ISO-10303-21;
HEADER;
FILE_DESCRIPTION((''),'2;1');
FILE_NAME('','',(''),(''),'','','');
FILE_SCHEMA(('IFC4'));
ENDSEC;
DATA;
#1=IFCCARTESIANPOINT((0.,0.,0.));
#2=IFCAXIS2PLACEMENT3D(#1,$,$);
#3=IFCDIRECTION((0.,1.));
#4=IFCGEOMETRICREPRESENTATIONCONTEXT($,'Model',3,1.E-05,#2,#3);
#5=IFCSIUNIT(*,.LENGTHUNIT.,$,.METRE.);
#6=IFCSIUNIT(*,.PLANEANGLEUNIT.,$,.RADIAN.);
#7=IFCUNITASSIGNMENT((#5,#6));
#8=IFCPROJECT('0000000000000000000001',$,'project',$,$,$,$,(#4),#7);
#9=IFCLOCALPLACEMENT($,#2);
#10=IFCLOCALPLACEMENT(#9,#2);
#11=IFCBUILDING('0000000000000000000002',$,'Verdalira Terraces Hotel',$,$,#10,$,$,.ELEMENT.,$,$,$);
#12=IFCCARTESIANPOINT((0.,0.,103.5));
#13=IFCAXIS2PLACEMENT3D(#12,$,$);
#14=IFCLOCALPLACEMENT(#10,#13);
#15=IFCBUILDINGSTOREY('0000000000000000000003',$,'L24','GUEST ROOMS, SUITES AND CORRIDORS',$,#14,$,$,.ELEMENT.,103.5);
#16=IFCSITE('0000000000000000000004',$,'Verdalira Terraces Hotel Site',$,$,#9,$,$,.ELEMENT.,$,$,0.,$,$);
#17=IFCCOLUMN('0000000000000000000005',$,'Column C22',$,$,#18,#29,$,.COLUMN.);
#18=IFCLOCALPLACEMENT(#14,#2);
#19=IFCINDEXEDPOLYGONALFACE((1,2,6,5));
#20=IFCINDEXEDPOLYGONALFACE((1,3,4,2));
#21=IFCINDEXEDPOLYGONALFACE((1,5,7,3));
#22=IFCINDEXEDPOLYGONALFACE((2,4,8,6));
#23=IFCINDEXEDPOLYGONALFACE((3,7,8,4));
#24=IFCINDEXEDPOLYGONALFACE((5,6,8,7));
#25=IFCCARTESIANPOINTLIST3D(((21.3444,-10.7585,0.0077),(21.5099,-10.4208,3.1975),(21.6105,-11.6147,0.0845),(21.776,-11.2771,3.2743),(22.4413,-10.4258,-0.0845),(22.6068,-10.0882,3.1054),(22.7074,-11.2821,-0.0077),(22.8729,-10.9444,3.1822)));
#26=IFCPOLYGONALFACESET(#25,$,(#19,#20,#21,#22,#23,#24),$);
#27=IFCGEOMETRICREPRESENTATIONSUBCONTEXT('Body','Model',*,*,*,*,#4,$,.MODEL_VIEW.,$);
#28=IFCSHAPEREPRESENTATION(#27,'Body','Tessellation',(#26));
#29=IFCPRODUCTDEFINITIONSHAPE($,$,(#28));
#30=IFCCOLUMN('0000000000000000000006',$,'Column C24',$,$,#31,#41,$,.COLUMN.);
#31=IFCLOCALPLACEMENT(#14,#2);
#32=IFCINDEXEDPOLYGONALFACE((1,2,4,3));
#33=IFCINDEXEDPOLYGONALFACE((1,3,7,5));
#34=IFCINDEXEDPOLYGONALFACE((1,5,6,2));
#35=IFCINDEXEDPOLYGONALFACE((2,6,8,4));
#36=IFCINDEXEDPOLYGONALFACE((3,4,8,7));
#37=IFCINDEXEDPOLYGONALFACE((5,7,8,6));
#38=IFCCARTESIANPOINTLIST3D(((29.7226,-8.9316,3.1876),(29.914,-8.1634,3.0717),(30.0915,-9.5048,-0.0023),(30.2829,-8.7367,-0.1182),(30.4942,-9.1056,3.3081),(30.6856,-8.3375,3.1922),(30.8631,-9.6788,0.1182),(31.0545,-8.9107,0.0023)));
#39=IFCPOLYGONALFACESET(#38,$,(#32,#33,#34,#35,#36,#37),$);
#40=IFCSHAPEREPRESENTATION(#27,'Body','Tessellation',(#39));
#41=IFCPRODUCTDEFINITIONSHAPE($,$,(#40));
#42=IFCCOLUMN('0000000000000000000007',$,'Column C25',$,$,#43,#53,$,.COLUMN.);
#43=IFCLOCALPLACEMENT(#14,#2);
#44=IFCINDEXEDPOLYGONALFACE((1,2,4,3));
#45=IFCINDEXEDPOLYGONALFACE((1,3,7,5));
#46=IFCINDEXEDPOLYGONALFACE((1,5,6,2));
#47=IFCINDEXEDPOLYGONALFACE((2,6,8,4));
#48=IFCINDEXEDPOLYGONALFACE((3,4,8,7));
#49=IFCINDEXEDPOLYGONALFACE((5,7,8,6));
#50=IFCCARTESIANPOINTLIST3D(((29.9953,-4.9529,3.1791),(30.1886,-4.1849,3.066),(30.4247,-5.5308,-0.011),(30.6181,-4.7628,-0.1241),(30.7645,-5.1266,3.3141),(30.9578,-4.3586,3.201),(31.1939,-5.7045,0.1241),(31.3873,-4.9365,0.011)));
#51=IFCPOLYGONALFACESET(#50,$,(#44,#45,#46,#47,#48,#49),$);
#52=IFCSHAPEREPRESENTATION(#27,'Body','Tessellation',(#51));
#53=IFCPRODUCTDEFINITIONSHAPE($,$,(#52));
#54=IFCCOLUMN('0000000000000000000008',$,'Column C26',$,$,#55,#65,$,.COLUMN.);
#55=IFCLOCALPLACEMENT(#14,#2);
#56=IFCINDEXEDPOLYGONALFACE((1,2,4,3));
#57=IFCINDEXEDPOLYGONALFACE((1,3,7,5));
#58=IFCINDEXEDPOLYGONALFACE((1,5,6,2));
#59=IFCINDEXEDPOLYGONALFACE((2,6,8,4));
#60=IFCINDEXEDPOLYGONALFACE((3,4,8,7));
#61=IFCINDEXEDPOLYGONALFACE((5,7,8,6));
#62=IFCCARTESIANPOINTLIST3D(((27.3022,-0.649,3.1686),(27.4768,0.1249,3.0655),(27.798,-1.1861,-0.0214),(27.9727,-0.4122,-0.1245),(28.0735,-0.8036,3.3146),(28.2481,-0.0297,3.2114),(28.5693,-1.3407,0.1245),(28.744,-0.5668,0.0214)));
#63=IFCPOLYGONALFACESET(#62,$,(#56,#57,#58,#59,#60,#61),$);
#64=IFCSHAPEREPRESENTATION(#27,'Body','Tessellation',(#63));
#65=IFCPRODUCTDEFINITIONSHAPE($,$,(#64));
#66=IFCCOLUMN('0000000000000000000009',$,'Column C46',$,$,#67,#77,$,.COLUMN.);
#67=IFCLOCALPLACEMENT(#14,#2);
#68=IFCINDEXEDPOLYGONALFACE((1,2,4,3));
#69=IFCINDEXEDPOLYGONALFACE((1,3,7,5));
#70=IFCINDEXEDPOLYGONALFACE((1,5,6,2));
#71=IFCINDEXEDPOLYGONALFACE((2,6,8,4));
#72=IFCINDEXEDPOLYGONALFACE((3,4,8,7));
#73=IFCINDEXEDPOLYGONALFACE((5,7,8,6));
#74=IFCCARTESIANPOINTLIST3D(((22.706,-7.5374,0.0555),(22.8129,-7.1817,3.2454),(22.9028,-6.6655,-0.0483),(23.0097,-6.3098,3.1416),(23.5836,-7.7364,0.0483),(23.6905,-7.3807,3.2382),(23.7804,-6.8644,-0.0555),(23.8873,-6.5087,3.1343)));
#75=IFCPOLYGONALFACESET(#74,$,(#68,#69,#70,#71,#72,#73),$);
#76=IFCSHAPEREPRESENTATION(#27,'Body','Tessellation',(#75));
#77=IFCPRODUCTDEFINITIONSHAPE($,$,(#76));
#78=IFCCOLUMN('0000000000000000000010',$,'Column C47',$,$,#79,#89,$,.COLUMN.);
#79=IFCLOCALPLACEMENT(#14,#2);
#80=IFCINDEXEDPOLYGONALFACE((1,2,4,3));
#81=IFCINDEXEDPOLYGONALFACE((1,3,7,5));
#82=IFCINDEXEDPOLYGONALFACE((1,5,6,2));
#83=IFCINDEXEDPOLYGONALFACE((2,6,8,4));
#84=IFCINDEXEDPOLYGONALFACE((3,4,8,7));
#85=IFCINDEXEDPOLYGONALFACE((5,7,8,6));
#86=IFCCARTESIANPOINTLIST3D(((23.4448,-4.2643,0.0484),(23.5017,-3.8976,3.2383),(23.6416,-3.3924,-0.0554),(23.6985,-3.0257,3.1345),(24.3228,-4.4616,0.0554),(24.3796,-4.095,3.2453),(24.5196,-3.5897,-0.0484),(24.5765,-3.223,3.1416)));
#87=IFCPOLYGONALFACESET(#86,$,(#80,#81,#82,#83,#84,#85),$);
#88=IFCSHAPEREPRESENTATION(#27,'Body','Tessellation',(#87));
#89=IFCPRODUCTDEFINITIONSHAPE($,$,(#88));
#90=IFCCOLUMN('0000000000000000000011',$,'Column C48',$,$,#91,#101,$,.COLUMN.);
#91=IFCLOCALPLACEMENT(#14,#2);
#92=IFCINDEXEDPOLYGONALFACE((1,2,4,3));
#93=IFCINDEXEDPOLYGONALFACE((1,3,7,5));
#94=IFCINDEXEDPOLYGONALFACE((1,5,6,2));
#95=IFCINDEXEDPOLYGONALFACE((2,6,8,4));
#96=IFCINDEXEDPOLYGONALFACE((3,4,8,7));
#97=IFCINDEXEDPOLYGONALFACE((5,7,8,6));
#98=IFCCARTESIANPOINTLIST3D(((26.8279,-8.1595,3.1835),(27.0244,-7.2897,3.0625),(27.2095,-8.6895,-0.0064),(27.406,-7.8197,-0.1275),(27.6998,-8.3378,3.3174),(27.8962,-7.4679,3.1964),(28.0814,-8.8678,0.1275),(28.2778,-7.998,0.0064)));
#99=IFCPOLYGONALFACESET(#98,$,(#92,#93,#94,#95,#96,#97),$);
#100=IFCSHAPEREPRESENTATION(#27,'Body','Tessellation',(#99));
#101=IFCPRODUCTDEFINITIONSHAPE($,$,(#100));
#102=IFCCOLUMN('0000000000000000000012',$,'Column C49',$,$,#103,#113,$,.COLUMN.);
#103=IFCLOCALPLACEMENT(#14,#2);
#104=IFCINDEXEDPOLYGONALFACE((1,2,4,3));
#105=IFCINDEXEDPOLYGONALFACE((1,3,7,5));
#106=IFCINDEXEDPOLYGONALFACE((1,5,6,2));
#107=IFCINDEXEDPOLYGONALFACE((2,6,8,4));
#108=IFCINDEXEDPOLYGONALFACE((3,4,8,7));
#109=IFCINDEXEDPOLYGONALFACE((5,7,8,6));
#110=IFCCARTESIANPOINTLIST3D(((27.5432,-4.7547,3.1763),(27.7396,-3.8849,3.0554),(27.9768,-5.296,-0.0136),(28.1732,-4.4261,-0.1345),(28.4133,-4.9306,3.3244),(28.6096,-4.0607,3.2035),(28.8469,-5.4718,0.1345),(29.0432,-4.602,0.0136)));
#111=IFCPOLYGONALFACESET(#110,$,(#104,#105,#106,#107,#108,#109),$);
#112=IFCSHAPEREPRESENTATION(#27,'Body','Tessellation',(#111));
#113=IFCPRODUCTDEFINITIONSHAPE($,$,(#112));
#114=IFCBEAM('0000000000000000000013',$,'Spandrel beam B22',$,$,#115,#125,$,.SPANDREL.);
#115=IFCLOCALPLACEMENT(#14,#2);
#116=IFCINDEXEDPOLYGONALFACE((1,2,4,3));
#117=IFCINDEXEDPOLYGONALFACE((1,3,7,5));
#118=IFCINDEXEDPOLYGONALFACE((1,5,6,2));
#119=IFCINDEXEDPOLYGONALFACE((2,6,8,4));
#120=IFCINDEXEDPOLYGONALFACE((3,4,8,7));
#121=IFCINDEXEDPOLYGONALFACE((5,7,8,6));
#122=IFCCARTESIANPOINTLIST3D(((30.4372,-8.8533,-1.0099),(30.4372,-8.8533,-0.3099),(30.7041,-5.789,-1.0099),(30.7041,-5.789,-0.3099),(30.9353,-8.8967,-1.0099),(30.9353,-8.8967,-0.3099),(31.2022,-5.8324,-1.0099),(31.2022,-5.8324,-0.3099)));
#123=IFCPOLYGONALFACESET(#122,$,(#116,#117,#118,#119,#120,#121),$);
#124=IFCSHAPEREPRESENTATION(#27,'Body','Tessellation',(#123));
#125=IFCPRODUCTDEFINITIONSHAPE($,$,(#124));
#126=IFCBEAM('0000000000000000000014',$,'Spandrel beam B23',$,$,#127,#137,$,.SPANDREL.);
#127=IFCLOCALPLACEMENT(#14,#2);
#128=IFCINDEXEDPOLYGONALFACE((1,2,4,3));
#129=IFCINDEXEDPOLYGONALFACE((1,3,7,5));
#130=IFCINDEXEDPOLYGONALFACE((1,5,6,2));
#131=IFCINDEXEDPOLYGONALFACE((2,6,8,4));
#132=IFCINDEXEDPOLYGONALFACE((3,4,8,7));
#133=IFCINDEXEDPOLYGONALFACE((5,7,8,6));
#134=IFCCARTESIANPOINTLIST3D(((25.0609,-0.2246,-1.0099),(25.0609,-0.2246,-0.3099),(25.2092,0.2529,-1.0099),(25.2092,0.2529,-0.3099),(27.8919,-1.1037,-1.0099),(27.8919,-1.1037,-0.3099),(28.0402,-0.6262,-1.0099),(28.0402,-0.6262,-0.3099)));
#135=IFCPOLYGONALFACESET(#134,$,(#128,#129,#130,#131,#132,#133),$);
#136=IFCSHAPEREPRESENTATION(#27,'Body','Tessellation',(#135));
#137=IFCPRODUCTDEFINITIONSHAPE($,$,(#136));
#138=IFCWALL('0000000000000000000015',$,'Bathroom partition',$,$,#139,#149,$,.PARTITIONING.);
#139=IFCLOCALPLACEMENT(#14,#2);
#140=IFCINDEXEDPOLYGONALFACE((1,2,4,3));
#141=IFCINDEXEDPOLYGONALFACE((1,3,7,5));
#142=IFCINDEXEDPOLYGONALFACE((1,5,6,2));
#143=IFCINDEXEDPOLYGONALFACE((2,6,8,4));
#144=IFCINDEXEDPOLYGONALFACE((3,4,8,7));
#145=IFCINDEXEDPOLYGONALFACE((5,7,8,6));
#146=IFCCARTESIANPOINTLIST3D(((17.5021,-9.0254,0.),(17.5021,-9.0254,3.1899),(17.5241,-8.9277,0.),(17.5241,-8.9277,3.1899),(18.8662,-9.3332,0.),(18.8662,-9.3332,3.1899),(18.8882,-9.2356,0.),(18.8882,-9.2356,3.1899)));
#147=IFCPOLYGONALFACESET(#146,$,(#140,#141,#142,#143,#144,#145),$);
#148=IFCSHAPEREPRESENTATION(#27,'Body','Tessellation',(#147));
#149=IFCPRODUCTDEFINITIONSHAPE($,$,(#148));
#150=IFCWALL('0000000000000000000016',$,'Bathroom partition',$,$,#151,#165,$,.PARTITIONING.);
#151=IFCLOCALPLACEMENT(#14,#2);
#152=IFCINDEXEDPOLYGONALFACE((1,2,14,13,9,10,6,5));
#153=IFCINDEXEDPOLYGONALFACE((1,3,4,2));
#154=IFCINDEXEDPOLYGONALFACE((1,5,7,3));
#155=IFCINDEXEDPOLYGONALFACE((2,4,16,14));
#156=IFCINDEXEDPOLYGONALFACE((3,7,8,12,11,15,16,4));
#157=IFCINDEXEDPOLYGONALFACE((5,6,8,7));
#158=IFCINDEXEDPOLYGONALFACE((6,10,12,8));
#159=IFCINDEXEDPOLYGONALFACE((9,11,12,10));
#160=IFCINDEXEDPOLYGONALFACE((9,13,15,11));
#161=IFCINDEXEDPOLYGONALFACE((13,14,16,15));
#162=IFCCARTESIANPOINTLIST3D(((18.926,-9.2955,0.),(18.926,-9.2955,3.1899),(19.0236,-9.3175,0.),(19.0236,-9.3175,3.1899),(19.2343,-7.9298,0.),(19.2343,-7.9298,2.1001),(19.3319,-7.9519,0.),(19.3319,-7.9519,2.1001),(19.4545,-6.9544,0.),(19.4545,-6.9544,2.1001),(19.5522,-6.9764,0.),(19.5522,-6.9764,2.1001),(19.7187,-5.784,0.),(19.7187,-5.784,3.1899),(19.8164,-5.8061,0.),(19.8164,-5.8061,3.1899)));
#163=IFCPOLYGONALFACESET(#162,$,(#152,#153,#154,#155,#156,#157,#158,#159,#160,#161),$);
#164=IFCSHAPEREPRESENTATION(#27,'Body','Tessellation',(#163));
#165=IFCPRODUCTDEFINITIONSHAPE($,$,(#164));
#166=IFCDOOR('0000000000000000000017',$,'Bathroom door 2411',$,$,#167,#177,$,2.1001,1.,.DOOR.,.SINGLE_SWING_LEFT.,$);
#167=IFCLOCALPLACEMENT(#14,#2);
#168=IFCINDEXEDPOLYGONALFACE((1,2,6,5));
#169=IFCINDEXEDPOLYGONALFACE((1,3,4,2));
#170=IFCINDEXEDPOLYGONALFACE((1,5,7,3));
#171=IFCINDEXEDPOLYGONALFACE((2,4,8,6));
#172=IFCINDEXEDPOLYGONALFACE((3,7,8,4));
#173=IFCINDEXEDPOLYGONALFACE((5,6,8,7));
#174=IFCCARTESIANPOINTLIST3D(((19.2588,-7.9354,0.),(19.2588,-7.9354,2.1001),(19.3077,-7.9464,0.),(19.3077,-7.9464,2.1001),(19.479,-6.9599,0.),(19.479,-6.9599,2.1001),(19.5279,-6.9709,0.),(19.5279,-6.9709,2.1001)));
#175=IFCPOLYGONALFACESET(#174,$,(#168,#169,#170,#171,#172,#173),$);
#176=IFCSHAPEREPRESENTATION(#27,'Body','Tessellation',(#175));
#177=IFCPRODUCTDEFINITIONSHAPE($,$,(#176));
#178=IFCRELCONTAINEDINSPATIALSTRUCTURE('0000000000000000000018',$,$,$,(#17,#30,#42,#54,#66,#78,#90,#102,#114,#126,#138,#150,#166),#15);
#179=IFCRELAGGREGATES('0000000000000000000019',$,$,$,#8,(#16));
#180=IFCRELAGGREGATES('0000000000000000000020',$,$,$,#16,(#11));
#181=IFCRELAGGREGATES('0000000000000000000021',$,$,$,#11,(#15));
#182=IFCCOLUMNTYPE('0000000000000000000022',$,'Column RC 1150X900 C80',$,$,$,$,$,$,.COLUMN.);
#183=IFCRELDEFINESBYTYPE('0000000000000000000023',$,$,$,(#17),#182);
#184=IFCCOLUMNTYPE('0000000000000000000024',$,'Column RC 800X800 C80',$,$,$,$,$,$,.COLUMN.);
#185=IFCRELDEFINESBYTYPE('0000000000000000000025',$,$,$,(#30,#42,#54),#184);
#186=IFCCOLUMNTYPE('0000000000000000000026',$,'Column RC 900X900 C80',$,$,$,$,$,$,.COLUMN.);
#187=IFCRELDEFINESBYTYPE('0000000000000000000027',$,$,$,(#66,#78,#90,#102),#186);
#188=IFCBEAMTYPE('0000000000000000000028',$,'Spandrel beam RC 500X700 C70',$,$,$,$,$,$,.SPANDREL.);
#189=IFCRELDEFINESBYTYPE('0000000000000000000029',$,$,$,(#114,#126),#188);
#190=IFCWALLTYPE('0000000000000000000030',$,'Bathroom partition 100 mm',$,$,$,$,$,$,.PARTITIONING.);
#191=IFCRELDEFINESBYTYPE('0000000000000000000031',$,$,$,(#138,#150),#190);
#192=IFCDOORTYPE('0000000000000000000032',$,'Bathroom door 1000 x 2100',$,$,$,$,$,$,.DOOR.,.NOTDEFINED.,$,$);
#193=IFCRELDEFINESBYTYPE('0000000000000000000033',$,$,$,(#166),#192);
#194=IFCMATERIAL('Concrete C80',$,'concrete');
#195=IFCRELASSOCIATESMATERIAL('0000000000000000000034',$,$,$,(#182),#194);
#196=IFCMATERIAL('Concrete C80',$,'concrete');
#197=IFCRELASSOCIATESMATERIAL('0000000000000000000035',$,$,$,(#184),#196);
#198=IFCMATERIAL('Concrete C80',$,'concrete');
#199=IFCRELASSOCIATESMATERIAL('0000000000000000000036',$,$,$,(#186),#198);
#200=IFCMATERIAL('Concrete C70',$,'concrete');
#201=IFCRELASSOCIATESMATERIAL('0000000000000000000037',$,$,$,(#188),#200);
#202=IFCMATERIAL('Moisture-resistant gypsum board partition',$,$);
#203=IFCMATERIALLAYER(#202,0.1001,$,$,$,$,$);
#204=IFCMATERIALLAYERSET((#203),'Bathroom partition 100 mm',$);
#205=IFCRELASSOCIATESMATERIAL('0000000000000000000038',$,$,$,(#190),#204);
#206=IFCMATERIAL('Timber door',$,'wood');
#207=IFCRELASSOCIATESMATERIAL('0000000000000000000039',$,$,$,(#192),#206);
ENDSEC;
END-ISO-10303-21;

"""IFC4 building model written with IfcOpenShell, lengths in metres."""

from ifc_helpers import new_model, si_unit, direction, frame, frame_2d, origin, origin_2d, place, context, subcontext, project, spatial, rectangle, extrude, material, layer, layer_set, material_profile, profile_set, type_object, element, fill, save


model = new_model("IFC4")

# Units and contexts
model_context = context("Model", 3, precision=1e-05, world=origin(), true_north=direction((0.0, 1.0)))
body_context = subcontext(model_context, "Body", "Model", "MODEL_VIEW")
ifc_project = project(units=[si_unit("LENGTHUNIT", "METRE"), si_unit("PLANEANGLEUNIT", "RADIAN")], contexts=[model_context])

# Site, building, storey
site_placement = place(None, origin())
site = spatial("IfcSite", under=ifc_project, at=site_placement, Name="Verdalira Terraces Hotel Site", CompositionType="ELEMENT", RefElevation=0.0)
building_placement = place(site_placement, origin())
building = spatial("IfcBuilding", under=site, at=building_placement, Name="Verdalira Terraces Hotel", CompositionType="ELEMENT")
storey_placement = place(building_placement, frame((0.0, 0.0, 103.5)))
storey = spatial("IfcBuildingStorey", under=building, at=storey_placement, Name="L24", Description="GUEST ROOMS, SUITES AND CORRIDORS", CompositionType="ELEMENT", Elevation=103.5)

# Columns
ifc_material_1 = material(Name="Concrete C80", Category="concrete")
ifc_material_profile_1 = material_profile(ifc_material_1, rectangle(XDim=1.1499, YDim=0.8999, at=origin_2d()), Name="RC 1150X900")
ifc_profile_set_1 = profile_set([ifc_material_profile_1], Name="Concrete C80")
column_type_1 = type_object("IfcColumnType", Name="Column RC 1150X900 C80", PredefinedType="COLUMN", material=ifc_profile_set_1)
column_1_placement = place(storey_placement, frame((22.0259, -11.0203, 0.0), z_axis=(0.051534, 0.105119, 0.993123), x_axis=(-0.953891, -0.289265, 0.080116)))
element("IfcColumn", 1, at=column_1_placement, inside=storey, type_object=column_type_1, Name="Column C22", PredefinedType="COLUMN", context=body_context, shape_type="SweptSolid", body=[
    extrude(rectangle(XDim=1.1499, YDim=0.8999, at=origin_2d()), origin(), (0.0, 0.0, 1.0), 3.2119),
])
ifc_material_2 = material(Name="Concrete C80", Category="concrete")
ifc_material_profile_2 = material_profile(ifc_material_2, rectangle(XDim=0.8, YDim=0.8, at=origin_2d()), Name="RC 800X800")
ifc_profile_set_2 = profile_set([ifc_material_profile_2], Name="Concrete C80")
column_type_2 = type_object("IfcColumnType", Name="Column RC 800X800 C80", PredefinedType="COLUMN", material=ifc_profile_set_2)
column_2_placement = place(storey_placement, frame((30.573, -9.2078, 0.0), z_axis=(-0.11309, 0.175735, 0.97792), x_axis=(0.239203, 0.960101, -0.144871)))
element("IfcColumn", 2, at=column_2_placement, inside=storey, type_object=column_type_2, Name="Column C24", PredefinedType="COLUMN", context=body_context, shape_type="SweptSolid", body=[
    extrude(rectangle(XDim=0.8, YDim=0.8, at=origin_2d()), origin(), (0.0, 0.0, 1.0), 3.262),
])
column_3_placement = place(storey_placement, frame((30.906, -5.2336, 0.0), z_axis=(-0.131321, 0.176712, 0.975463), x_axis=(0.24164, 0.960011, -0.141382)))
element("IfcColumn", 3, at=column_3_placement, inside=storey, type_object=column_type_2, Name="Column C25", PredefinedType="COLUMN", context=body_context, shape_type="SweptSolid", body=[
    extrude(rectangle(XDim=0.8, YDim=0.8, at=origin_2d()), origin(), (0.0, 0.0, 1.0), 3.2703),
])
column_4_placement = place(storey_placement, frame((28.271, -0.8765, 0.0), z_axis=(-0.151514, 0.164122, 0.974735), x_axis=(-0.964051, 0.193234, -0.18239)))
element("IfcColumn", 4, at=column_4_placement, inside=storey, type_object=column_type_2, Name="Column C26", PredefinedType="COLUMN", context=body_context, shape_type="SweptSolid", body=[
    extrude(rectangle(XDim=0.8, YDim=0.8, at=origin_2d()), origin(), (0.0, 0.0, 1.0), 3.2727),
])
ifc_material_3 = material(Name="Concrete C80", Category="concrete")
ifc_material_profile_3 = material_profile(ifc_material_3, rectangle(XDim=0.8999, YDim=0.8999, at=origin_2d()), Name="RC 900X900")
ifc_profile_set_3 = profile_set([ifc_material_profile_3], Name="Concrete C80")
column_type_3 = type_object("IfcColumnType", Name="Column RC 900X900 C80", PredefinedType="COLUMN", material=ifc_profile_set_3)
for number, where, z_axis, x_axis, name in (
    (5, (23.2432, -7.2009, 0.0), (0.033297, 0.110762, 0.993289), (0.975227, -0.221059, -0.008041), "Column C46"),
    (6, (23.9822, -3.927, 0.0), (0.017713, 0.114185, 0.993302), (0.975633, -0.21927, 0.007808), "Column C47"),
):
    element("IfcColumn", number, at=place(storey_placement, frame(where, z_axis=z_axis, x_axis=x_axis)), inside=storey, type_object=column_type_3, Name=name, PredefinedType="COLUMN", context=body_context, shape_type="SweptSolid", body=[
        extrude(rectangle(XDim=0.8999, YDim=0.8999, at=origin_2d()), origin(), (0.0, 0.0, 1.0), 3.2114),
    ])
column_5_placement = place(storey_placement, frame((27.7437, -8.3438, 0.0), z_axis=(-0.117192, 0.16278, 0.979678), x_axis=(0.96882, -0.198099, 0.148809)))
element("IfcColumn", 7, at=column_5_placement, inside=storey, type_object=column_type_3, Name="Column C48", PredefinedType="COLUMN", context=body_context, shape_type="SweptSolid", body=[
    extrude(rectangle(XDim=0.8999, YDim=0.8999, at=origin_2d()), origin(), (0.0, 0.0, 1.0), 3.2561),
])
column_6_placement = place(storey_placement, frame((28.51, -4.949, 0.0), z_axis=(-0.132823, 0.165804, 0.977173), x_axis=(0.966824, -0.195369, 0.164566)))
element("IfcColumn", 8, at=column_6_placement, inside=storey, type_object=column_type_3, Name="Column C49", PredefinedType="COLUMN", context=body_context, shape_type="SweptSolid", body=[
    extrude(rectangle(XDim=0.8999, YDim=0.8999, at=origin_2d()), origin(), (0.0, 0.0, 1.0), 3.2644),
])

# Beams
ifc_material_4 = material(Name="Concrete C70", Category="concrete")
ifc_material_profile_4 = material_profile(ifc_material_4, rectangle(XDim=0.5, YDim=0.7, at=origin_2d()), Name="RC 500X700")
ifc_profile_set_4 = profile_set([ifc_material_profile_4], Name="Concrete C70")
beam_type = type_object("IfcBeamType", Name="Spandrel beam RC 500X700 C70", PredefinedType="SPANDREL", material=ifc_profile_set_4)
beam_1_placement = place(storey_placement, frame((30.6863, -8.875, -0.6599), z_axis=(0.086749, 0.99623, 0.0), x_axis=(-0.99623, 0.086749, 0.0)))
element("IfcBeam", 9, at=beam_1_placement, inside=storey, type_object=beam_type, Name="Spandrel beam B22", PredefinedType="SPANDREL", context=body_context, shape_type="SweptSolid", body=[
    extrude(rectangle(XDim=0.5, YDim=0.7, at=origin_2d()), origin(), (0.0, 0.0, 1.0), 3.0759),
])
beam_2_placement = place(storey_placement, frame((27.9661, -0.865, -0.6599), z_axis=(-0.955012, 0.296568, 0.0), x_axis=(-0.296568, -0.955012, 0.0)))
element("IfcBeam", 10, at=beam_2_placement, inside=storey, type_object=beam_type, Name="Spandrel beam B23", PredefinedType="SPANDREL", context=body_context, shape_type="SweptSolid", body=[
    extrude(rectangle(XDim=0.5, YDim=0.7, at=origin_2d()), origin(), (0.0, 0.0, 1.0), 2.9644),
])

# Wall
ifc_material_5 = material(Name="Moisture-resistant gypsum board partition")
ifc_layer_1 = layer(ifc_material_5, 0.1001)
ifc_layer_set_1 = layer_set([ifc_layer_1], Name="Bathroom partition 100 mm")
wall_type_1 = type_object("IfcWallType", Name="Bathroom partition 100 mm", PredefinedType="PARTITIONING", material=ifc_layer_set_1)
wall_1_placement = place(storey_placement, frame((18.8772, -9.2844, 0.0), z_axis=(0.0, 0.0, 1.0), x_axis=(-0.975463, 0.220164, 0.0)))
element("IfcWall", 11, at=wall_1_placement, inside=storey, type_object=wall_type_1, Name="Bathroom partition", PredefinedType="PARTITIONING", context=body_context, shape_type="SweptSolid", body=[
    extrude(rectangle(XDim=1.3984, YDim=0.1001, at=frame_2d((0.6992, 0.0))), origin(), (0.0, 0.0, 1.0), 3.1899),
])

# Wall, opening, door
wall_2_placement = place(storey_placement, frame((18.9749, -9.3064, 0.0), z_axis=(0.0, 0.0, 1.0), x_axis=(0.220211, 0.975452, 0.0)))
wall_2 = element("IfcWall", 12, at=wall_2_placement, inside=storey, type_object=wall_type_1, Name="Bathroom partition", PredefinedType="PARTITIONING", context=body_context, shape_type="SweptSolid", body=[
    extrude(rectangle(XDim=3.5999, YDim=0.1001, at=frame_2d((1.7998, 0.0))), origin(), (0.0, 0.0, 1.0), 3.1899),
])
opening_1_placement = place(wall_2_placement, frame((1.3999, 0.0, 0.0)))
opening_1 = element("IfcOpeningElement", 13, at=opening_1_placement, cuts=wall_2, PredefinedType="OPENING", context=body_context, shape_type="SweptSolid", body=[
    extrude(rectangle(XDim=1.0, YDim=2.1001, at=frame_2d((0.5, 1.05))), frame((0.0, 0.0601, 0.0), z_axis=(0.0, -1.0, 0.0), x_axis=(1.0, 0.0, 0.0)), (0.0, 0.0, 1.0), 0.1201),
])
ifc_material_6 = material(Name="Timber door", Category="wood")
door_type_1 = type_object("IfcDoorType", Name="Bathroom door 1000 x 2100", OperationType="NOTDEFINED", PredefinedType="DOOR", material=ifc_material_6)
door_1_placement = place(opening_1_placement, origin())
door_1 = element("IfcDoor", 14, at=door_1_placement, inside=storey, type_object=door_type_1, Name="Bathroom door 2411", OperationType="SINGLE_SWING_LEFT", OverallHeight=2.1001, OverallWidth=1.0, PredefinedType="DOOR", context=body_context, shape_type="SweptSolid", body=[
    extrude(rectangle(XDim=1.0, YDim=2.1001, at=frame_2d((0.5, 1.05))), frame((0.0, 0.0249, 0.0), z_axis=(0.0, -1.0, 0.0), x_axis=(1.0, 0.0, 0.0)), (0.0, 0.0, 1.0), 0.05),
])
fill(opening_1, door_1)

save(model, "model.ifc")
